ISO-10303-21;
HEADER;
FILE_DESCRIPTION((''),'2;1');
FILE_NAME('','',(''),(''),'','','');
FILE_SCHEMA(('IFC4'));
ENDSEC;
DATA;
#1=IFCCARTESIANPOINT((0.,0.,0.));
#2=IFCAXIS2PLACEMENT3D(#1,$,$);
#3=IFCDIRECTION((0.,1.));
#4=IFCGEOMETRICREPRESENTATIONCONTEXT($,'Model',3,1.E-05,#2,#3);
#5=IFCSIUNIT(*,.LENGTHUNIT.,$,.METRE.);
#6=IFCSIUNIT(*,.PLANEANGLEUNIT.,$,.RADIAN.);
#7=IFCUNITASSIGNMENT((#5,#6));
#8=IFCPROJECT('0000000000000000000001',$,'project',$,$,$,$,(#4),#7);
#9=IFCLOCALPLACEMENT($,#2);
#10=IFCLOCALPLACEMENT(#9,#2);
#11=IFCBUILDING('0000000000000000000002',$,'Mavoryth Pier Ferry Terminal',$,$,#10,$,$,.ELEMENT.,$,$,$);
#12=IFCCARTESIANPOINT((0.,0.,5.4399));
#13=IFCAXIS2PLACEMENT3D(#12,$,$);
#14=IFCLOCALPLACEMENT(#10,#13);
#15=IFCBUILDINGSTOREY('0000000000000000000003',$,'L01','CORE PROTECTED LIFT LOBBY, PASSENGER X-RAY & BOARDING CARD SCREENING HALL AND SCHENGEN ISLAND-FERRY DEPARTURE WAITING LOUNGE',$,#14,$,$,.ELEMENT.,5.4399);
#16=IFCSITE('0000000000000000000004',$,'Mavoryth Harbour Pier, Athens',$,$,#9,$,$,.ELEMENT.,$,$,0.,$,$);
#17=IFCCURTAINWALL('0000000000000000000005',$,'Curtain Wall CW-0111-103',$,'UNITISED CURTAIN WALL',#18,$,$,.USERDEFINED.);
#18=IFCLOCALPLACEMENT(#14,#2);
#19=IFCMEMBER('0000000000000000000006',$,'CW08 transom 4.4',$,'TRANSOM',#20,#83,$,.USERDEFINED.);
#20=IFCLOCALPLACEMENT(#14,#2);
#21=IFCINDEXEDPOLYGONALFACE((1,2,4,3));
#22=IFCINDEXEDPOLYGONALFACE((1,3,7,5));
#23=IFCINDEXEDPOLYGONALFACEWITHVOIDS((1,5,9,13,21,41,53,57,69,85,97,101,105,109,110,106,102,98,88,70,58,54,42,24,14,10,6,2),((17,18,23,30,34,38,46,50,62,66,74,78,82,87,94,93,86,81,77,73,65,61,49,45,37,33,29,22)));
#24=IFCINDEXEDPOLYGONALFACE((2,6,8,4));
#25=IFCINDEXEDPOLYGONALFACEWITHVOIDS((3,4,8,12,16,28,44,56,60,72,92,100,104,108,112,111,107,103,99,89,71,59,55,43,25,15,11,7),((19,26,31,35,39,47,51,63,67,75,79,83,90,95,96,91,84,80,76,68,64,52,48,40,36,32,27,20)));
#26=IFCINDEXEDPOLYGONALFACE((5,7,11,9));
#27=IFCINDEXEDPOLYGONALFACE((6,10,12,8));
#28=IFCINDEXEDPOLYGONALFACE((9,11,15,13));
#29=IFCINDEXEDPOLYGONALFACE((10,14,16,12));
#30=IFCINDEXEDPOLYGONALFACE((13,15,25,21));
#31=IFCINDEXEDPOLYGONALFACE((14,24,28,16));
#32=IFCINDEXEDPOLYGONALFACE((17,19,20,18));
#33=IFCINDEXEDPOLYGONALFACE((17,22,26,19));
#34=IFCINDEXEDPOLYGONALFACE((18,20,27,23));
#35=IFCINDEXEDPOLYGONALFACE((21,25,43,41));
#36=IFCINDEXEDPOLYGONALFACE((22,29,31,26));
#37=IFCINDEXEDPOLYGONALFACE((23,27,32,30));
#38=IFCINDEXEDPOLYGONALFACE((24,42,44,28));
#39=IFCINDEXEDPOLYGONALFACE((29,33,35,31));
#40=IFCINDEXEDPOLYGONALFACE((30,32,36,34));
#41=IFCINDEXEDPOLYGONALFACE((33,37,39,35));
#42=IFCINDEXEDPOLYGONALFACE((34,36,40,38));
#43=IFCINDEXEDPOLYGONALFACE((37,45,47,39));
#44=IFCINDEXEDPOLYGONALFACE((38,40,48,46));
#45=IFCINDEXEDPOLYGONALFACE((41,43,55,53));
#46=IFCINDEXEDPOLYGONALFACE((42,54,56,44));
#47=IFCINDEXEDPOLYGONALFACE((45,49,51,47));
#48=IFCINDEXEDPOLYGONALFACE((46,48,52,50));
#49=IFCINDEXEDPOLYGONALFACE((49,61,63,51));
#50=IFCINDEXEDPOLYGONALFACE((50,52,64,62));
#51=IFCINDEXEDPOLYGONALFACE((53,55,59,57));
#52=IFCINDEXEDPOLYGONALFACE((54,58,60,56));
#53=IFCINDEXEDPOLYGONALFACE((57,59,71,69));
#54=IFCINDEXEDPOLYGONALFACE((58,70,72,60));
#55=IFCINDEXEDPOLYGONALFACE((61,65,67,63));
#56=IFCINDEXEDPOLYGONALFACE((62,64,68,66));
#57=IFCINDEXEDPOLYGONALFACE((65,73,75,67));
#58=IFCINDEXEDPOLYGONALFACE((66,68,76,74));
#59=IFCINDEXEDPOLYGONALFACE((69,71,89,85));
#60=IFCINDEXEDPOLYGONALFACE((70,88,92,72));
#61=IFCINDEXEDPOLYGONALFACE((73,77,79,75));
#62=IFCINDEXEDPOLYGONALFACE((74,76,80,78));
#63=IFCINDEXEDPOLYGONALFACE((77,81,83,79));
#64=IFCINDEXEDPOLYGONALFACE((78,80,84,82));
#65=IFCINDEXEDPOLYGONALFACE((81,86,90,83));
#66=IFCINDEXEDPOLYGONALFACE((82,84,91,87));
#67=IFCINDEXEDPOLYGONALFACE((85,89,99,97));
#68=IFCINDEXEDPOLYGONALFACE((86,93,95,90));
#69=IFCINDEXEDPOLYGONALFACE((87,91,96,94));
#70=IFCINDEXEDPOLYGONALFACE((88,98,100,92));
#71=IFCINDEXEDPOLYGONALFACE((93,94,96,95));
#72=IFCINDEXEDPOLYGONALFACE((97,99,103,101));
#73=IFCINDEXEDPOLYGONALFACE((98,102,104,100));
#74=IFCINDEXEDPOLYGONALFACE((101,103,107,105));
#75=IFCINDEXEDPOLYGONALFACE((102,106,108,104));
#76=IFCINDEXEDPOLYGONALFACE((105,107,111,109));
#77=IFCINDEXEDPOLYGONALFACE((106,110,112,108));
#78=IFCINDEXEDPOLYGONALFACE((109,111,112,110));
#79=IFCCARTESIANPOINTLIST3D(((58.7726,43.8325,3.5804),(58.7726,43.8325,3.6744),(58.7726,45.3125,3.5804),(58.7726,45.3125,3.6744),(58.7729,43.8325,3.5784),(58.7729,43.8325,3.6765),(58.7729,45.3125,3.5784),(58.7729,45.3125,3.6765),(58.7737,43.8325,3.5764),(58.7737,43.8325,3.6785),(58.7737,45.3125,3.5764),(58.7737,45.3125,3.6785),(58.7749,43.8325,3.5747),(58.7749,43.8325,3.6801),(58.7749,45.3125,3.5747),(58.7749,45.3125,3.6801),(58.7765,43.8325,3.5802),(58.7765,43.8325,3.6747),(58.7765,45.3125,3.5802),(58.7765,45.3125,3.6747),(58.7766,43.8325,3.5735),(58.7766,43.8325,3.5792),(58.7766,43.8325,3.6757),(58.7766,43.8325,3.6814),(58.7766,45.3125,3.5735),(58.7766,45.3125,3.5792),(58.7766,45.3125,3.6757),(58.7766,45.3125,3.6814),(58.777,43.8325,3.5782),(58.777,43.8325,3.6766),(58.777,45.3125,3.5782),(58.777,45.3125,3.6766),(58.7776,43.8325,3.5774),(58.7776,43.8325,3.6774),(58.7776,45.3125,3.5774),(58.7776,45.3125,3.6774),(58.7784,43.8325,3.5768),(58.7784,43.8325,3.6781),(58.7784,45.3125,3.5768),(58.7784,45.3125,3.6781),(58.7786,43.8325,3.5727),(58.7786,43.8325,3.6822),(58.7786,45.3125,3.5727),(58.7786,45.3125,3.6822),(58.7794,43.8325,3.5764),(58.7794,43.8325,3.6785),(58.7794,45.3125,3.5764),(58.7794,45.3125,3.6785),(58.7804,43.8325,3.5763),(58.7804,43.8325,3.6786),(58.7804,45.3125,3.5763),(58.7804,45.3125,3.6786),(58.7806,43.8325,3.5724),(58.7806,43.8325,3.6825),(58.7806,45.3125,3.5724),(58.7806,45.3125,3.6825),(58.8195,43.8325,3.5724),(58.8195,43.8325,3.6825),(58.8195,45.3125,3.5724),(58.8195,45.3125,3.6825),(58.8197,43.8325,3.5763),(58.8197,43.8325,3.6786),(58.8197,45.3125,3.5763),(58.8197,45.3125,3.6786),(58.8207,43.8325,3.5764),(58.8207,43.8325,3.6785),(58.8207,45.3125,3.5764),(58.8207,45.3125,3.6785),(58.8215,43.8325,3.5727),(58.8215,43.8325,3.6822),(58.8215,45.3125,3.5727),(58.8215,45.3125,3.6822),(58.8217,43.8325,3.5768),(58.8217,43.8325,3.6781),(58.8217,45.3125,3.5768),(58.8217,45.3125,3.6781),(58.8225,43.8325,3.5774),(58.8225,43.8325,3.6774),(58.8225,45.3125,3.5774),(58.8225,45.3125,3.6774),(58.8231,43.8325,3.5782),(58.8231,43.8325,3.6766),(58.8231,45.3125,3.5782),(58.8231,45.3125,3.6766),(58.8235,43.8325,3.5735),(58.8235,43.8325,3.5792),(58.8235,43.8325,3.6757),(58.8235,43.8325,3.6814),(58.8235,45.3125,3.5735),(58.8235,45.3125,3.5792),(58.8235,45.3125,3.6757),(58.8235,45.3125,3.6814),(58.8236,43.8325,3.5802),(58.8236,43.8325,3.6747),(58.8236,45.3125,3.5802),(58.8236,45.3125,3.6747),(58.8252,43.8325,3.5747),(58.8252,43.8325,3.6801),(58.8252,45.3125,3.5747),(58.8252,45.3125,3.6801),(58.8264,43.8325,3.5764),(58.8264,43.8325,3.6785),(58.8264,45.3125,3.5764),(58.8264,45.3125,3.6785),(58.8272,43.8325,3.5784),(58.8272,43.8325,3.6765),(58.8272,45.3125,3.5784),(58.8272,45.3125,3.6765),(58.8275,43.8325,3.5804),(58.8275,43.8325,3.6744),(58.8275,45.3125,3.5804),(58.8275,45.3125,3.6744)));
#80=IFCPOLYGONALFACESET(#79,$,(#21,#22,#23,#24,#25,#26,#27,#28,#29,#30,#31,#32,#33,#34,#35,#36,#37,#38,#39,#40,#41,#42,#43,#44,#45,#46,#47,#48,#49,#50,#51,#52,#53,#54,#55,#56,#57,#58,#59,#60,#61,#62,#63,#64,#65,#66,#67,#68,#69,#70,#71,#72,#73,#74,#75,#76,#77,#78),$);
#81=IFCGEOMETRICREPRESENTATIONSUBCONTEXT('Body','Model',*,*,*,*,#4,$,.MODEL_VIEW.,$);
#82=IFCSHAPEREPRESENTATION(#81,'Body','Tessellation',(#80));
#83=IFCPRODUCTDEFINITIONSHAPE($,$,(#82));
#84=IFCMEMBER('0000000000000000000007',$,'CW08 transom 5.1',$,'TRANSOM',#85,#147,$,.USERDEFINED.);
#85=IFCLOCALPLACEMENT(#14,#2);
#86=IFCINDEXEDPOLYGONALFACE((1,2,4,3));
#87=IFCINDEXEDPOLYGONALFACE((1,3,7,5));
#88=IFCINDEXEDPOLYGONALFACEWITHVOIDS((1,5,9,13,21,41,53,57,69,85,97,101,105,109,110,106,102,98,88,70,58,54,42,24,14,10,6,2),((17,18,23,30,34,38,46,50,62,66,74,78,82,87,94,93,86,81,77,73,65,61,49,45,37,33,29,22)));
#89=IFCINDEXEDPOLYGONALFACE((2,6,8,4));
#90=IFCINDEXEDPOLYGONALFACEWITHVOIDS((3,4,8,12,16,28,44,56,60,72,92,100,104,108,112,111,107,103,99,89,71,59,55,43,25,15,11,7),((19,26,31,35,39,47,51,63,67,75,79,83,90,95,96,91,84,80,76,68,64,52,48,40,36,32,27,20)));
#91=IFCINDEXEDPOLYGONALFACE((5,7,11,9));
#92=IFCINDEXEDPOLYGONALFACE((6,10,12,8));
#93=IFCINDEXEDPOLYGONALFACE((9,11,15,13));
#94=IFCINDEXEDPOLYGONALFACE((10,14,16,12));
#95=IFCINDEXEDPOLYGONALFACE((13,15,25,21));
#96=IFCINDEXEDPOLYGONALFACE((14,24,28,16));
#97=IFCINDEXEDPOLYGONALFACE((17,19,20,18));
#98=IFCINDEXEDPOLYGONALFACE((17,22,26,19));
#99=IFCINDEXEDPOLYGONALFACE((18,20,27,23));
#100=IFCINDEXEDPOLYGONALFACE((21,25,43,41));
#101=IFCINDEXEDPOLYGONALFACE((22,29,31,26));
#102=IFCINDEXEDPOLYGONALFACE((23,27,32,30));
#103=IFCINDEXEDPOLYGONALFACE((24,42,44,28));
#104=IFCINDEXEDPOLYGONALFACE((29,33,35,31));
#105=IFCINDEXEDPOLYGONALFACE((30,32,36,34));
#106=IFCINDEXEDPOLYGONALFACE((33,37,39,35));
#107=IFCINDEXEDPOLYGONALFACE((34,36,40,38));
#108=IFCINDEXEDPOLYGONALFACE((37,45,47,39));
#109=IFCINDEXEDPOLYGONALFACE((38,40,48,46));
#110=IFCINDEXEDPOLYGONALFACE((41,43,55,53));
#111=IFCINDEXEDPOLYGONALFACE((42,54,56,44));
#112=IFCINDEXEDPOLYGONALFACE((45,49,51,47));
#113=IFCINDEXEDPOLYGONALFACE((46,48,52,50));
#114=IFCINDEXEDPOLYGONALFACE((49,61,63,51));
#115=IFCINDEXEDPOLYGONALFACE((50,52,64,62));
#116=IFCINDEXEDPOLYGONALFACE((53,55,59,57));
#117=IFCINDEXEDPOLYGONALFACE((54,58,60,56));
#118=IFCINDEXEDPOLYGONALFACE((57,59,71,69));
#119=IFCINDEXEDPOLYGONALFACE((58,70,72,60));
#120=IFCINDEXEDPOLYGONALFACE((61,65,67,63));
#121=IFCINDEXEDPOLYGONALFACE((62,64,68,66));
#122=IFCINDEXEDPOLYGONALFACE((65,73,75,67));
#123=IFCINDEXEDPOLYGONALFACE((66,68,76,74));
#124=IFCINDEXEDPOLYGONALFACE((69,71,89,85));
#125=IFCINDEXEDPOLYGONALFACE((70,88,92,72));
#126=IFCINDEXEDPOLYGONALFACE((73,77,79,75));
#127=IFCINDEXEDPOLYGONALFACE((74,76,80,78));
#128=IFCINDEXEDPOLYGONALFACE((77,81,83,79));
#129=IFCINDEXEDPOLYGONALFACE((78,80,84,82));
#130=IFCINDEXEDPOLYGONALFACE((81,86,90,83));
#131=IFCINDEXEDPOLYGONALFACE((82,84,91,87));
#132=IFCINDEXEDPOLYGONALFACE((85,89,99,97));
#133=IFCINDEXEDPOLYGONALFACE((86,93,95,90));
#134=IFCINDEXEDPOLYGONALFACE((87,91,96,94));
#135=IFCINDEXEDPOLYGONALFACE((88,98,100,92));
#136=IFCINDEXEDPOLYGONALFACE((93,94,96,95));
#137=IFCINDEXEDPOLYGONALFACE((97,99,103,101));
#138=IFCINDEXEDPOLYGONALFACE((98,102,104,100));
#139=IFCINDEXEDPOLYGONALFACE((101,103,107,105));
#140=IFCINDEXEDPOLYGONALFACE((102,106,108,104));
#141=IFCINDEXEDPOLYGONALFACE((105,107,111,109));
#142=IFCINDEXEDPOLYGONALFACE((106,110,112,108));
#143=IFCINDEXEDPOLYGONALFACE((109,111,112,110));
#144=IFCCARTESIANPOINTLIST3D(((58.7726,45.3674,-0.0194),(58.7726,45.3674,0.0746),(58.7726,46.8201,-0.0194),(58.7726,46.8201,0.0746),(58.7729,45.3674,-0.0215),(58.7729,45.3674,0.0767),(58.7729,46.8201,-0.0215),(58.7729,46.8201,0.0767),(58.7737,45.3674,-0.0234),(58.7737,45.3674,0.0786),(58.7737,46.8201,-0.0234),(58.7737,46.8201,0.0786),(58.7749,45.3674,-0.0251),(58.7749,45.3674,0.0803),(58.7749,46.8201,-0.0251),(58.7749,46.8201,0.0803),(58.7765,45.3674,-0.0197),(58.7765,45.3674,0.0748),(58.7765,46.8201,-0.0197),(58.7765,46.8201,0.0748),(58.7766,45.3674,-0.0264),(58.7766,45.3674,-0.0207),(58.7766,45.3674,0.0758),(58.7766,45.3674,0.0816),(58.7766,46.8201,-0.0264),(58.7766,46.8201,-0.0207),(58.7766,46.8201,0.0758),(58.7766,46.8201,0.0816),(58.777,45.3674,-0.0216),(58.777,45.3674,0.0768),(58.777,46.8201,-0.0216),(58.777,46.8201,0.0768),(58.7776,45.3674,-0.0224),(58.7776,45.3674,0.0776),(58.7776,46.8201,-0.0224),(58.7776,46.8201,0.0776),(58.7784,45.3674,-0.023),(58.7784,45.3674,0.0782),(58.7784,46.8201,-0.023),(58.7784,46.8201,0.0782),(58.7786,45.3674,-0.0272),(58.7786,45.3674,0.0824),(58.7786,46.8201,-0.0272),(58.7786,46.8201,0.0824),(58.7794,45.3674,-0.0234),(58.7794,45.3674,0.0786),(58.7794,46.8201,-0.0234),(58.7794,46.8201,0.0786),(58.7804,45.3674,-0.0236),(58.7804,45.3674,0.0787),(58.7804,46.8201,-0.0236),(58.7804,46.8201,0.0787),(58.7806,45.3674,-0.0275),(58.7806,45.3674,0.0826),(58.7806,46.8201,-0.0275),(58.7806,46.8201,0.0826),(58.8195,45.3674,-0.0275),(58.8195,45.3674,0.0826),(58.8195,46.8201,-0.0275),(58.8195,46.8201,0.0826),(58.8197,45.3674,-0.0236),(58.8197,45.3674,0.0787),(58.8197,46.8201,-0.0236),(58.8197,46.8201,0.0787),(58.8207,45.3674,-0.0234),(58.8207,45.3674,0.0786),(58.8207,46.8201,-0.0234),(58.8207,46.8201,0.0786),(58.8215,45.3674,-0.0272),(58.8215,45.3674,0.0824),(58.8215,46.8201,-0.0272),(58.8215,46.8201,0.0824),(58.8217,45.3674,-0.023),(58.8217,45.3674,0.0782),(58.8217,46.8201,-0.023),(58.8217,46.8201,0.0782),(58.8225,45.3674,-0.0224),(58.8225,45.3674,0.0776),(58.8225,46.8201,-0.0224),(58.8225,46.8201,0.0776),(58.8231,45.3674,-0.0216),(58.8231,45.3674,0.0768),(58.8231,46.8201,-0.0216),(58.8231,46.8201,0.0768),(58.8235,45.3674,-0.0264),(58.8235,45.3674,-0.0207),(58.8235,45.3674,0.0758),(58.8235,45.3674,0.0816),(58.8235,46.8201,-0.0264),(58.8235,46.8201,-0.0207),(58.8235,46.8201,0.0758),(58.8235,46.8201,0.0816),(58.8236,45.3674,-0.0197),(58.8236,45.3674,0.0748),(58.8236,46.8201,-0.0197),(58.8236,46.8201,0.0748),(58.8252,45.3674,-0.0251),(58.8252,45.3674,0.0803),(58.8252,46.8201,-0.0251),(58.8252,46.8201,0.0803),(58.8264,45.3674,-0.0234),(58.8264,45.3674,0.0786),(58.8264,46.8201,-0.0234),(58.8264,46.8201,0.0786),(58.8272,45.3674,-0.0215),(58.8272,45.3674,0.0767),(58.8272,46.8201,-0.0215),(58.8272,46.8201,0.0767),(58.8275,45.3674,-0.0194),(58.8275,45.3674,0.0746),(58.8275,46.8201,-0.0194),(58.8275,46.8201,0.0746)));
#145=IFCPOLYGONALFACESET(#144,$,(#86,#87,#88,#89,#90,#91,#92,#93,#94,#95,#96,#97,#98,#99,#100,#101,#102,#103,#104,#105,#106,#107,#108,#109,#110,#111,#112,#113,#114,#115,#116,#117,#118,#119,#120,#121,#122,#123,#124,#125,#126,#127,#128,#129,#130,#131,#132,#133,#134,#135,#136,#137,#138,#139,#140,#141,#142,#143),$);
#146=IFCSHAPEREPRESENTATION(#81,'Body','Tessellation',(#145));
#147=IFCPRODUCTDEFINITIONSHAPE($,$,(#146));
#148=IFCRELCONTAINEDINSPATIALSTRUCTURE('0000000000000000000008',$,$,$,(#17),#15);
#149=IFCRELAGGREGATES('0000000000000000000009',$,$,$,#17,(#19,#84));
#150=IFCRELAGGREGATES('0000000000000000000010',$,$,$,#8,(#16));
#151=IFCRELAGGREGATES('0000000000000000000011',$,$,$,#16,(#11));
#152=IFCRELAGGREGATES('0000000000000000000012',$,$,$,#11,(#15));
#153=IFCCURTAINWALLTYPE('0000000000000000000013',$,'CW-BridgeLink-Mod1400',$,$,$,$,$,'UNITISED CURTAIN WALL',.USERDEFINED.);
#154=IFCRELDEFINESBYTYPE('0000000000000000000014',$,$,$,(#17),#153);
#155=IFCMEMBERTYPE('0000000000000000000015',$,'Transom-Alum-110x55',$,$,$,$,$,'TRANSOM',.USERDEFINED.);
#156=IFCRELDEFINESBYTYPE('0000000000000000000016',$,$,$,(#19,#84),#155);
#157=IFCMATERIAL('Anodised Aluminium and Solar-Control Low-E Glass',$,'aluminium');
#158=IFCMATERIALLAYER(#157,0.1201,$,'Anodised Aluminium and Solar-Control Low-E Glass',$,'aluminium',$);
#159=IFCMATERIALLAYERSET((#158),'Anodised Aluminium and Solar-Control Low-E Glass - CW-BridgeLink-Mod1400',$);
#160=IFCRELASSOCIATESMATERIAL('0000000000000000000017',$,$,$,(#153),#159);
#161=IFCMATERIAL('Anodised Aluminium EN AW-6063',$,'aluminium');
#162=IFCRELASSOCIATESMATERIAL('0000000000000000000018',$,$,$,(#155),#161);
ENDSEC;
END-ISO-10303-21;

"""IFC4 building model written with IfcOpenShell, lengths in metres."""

from ifc_helpers import new_model, si_unit, direction, frame, origin, origin_2d, place, context, subcontext, project, spatial, hollow_rectangle, extrude, material, layer, layer_set, material_profile, profile_set, type_object, element, aggregate, save


model = new_model("IFC4")

# Units and contexts
model_context = context("Model", 3, precision=1e-05, world=origin(), true_north=direction((0.0, 1.0)))
body_context = subcontext(model_context, "Body", "Model", "MODEL_VIEW")
ifc_project = project(units=[si_unit("LENGTHUNIT", "METRE"), si_unit("PLANEANGLEUNIT", "RADIAN")], contexts=[model_context])

# Site, building, storey
site_placement = place(None, origin())
site = spatial("IfcSite", under=ifc_project, at=site_placement, Name="Mavoryth Harbour Pier, Athens", CompositionType="ELEMENT", RefElevation=0.0)
building_placement = place(site_placement, origin())
building = spatial("IfcBuilding", under=site, at=building_placement, Name="Mavoryth Pier Ferry Terminal", CompositionType="ELEMENT")
storey_placement = place(building_placement, frame((0.0, 0.0, 5.4399)))
storey = spatial("IfcBuildingStorey", under=building, at=storey_placement, Name="L01", Description="CORE PROTECTED LIFT LOBBY, PASSENGER X-RAY & BOARDING CARD SCREENING HALL AND SCHENGEN ISLAND-FERRY DEPARTURE WAITING LOUNGE", CompositionType="ELEMENT", Elevation=5.4399)

# Curtain wall
ifc_material_1 = material(Name="Anodised Aluminium and Solar-Control Low-E Glass", Category="aluminium")
ifc_layer_1 = layer(ifc_material_1, 0.1201, Name="Anodised Aluminium and Solar-Control Low-E Glass", Category="aluminium")
ifc_layer_set_1 = layer_set([ifc_layer_1], Name="Anodised Aluminium and Solar-Control Low-E Glass - CW-BridgeLink-Mod1400")
curtain_wall_type = type_object("IfcCurtainWallType", Name="CW-BridgeLink-Mod1400", ElementType="UNITISED CURTAIN WALL", PredefinedType="USERDEFINED", material=ifc_layer_set_1)
curtain_wall_1_placement = place(storey_placement, origin())
curtain_wall_1 = element("IfcCurtainWall", 1, at=curtain_wall_1_placement, inside=storey, type_object=curtain_wall_type, Name="Curtain Wall CW-0111-103", ObjectType="UNITISED CURTAIN WALL", PredefinedType="USERDEFINED")
ifc_material_2 = material(Name="Anodised Aluminium EN AW-6063", Category="aluminium")

# Members
ifc_material_profile_1 = material_profile(ifc_material_2, hollow_rectangle(XDim=0.0549, YDim=0.1101, WallThickness=0.0039, InnerFilletRadius=0.0039, OuterFilletRadius=0.0081, at=origin_2d()), Name="AL-TRAN 110x55x4", Category="aluminium")
ifc_profile_set_1 = profile_set([ifc_material_profile_1], Name="Anodised Aluminium EN AW-6063 - AL-TRAN 110x55x4")
member_type_1 = type_object("IfcMemberType", Name="Transom-Alum-110x55", ElementType="TRANSOM", PredefinedType="USERDEFINED", material=ifc_profile_set_1)
member_1_placement = place(storey_placement, frame((58.8, 43.8325, 3.6274), z_axis=(0.0, 1.0, 0.0), x_axis=(-1.0, 0.0, 0.0)))
member_1 = element("IfcMember", 2, at=member_1_placement, type_object=member_type_1, Name="CW08 transom 4.4", ObjectType="TRANSOM", PredefinedType="USERDEFINED", context=body_context, shape_type="SweptSolid", body=[
    extrude(hollow_rectangle(XDim=0.0549, YDim=0.1101, WallThickness=0.0039, InnerFilletRadius=0.0039, OuterFilletRadius=0.0081, at=origin_2d()), origin(), (0.0, 0.0, 1.0), 1.48),
])
member_2_placement = place(storey_placement, frame((58.8, 45.3674, 0.0276), z_axis=(0.0, 1.0, 0.0), x_axis=(-1.0, 0.0, 0.0)))
member_2 = element("IfcMember", 3, at=member_2_placement, type_object=member_type_1, Name="CW08 transom 5.1", ObjectType="TRANSOM", PredefinedType="USERDEFINED", context=body_context, shape_type="SweptSolid", body=[
    extrude(hollow_rectangle(XDim=0.0549, YDim=0.1101, WallThickness=0.0039, InnerFilletRadius=0.0039, OuterFilletRadius=0.0081, at=origin_2d()), origin(), (0.0, 0.0, 1.0), 1.4526),
])

aggregate(curtain_wall_1, [member_1, member_2])

save(model, "model.ifc")
